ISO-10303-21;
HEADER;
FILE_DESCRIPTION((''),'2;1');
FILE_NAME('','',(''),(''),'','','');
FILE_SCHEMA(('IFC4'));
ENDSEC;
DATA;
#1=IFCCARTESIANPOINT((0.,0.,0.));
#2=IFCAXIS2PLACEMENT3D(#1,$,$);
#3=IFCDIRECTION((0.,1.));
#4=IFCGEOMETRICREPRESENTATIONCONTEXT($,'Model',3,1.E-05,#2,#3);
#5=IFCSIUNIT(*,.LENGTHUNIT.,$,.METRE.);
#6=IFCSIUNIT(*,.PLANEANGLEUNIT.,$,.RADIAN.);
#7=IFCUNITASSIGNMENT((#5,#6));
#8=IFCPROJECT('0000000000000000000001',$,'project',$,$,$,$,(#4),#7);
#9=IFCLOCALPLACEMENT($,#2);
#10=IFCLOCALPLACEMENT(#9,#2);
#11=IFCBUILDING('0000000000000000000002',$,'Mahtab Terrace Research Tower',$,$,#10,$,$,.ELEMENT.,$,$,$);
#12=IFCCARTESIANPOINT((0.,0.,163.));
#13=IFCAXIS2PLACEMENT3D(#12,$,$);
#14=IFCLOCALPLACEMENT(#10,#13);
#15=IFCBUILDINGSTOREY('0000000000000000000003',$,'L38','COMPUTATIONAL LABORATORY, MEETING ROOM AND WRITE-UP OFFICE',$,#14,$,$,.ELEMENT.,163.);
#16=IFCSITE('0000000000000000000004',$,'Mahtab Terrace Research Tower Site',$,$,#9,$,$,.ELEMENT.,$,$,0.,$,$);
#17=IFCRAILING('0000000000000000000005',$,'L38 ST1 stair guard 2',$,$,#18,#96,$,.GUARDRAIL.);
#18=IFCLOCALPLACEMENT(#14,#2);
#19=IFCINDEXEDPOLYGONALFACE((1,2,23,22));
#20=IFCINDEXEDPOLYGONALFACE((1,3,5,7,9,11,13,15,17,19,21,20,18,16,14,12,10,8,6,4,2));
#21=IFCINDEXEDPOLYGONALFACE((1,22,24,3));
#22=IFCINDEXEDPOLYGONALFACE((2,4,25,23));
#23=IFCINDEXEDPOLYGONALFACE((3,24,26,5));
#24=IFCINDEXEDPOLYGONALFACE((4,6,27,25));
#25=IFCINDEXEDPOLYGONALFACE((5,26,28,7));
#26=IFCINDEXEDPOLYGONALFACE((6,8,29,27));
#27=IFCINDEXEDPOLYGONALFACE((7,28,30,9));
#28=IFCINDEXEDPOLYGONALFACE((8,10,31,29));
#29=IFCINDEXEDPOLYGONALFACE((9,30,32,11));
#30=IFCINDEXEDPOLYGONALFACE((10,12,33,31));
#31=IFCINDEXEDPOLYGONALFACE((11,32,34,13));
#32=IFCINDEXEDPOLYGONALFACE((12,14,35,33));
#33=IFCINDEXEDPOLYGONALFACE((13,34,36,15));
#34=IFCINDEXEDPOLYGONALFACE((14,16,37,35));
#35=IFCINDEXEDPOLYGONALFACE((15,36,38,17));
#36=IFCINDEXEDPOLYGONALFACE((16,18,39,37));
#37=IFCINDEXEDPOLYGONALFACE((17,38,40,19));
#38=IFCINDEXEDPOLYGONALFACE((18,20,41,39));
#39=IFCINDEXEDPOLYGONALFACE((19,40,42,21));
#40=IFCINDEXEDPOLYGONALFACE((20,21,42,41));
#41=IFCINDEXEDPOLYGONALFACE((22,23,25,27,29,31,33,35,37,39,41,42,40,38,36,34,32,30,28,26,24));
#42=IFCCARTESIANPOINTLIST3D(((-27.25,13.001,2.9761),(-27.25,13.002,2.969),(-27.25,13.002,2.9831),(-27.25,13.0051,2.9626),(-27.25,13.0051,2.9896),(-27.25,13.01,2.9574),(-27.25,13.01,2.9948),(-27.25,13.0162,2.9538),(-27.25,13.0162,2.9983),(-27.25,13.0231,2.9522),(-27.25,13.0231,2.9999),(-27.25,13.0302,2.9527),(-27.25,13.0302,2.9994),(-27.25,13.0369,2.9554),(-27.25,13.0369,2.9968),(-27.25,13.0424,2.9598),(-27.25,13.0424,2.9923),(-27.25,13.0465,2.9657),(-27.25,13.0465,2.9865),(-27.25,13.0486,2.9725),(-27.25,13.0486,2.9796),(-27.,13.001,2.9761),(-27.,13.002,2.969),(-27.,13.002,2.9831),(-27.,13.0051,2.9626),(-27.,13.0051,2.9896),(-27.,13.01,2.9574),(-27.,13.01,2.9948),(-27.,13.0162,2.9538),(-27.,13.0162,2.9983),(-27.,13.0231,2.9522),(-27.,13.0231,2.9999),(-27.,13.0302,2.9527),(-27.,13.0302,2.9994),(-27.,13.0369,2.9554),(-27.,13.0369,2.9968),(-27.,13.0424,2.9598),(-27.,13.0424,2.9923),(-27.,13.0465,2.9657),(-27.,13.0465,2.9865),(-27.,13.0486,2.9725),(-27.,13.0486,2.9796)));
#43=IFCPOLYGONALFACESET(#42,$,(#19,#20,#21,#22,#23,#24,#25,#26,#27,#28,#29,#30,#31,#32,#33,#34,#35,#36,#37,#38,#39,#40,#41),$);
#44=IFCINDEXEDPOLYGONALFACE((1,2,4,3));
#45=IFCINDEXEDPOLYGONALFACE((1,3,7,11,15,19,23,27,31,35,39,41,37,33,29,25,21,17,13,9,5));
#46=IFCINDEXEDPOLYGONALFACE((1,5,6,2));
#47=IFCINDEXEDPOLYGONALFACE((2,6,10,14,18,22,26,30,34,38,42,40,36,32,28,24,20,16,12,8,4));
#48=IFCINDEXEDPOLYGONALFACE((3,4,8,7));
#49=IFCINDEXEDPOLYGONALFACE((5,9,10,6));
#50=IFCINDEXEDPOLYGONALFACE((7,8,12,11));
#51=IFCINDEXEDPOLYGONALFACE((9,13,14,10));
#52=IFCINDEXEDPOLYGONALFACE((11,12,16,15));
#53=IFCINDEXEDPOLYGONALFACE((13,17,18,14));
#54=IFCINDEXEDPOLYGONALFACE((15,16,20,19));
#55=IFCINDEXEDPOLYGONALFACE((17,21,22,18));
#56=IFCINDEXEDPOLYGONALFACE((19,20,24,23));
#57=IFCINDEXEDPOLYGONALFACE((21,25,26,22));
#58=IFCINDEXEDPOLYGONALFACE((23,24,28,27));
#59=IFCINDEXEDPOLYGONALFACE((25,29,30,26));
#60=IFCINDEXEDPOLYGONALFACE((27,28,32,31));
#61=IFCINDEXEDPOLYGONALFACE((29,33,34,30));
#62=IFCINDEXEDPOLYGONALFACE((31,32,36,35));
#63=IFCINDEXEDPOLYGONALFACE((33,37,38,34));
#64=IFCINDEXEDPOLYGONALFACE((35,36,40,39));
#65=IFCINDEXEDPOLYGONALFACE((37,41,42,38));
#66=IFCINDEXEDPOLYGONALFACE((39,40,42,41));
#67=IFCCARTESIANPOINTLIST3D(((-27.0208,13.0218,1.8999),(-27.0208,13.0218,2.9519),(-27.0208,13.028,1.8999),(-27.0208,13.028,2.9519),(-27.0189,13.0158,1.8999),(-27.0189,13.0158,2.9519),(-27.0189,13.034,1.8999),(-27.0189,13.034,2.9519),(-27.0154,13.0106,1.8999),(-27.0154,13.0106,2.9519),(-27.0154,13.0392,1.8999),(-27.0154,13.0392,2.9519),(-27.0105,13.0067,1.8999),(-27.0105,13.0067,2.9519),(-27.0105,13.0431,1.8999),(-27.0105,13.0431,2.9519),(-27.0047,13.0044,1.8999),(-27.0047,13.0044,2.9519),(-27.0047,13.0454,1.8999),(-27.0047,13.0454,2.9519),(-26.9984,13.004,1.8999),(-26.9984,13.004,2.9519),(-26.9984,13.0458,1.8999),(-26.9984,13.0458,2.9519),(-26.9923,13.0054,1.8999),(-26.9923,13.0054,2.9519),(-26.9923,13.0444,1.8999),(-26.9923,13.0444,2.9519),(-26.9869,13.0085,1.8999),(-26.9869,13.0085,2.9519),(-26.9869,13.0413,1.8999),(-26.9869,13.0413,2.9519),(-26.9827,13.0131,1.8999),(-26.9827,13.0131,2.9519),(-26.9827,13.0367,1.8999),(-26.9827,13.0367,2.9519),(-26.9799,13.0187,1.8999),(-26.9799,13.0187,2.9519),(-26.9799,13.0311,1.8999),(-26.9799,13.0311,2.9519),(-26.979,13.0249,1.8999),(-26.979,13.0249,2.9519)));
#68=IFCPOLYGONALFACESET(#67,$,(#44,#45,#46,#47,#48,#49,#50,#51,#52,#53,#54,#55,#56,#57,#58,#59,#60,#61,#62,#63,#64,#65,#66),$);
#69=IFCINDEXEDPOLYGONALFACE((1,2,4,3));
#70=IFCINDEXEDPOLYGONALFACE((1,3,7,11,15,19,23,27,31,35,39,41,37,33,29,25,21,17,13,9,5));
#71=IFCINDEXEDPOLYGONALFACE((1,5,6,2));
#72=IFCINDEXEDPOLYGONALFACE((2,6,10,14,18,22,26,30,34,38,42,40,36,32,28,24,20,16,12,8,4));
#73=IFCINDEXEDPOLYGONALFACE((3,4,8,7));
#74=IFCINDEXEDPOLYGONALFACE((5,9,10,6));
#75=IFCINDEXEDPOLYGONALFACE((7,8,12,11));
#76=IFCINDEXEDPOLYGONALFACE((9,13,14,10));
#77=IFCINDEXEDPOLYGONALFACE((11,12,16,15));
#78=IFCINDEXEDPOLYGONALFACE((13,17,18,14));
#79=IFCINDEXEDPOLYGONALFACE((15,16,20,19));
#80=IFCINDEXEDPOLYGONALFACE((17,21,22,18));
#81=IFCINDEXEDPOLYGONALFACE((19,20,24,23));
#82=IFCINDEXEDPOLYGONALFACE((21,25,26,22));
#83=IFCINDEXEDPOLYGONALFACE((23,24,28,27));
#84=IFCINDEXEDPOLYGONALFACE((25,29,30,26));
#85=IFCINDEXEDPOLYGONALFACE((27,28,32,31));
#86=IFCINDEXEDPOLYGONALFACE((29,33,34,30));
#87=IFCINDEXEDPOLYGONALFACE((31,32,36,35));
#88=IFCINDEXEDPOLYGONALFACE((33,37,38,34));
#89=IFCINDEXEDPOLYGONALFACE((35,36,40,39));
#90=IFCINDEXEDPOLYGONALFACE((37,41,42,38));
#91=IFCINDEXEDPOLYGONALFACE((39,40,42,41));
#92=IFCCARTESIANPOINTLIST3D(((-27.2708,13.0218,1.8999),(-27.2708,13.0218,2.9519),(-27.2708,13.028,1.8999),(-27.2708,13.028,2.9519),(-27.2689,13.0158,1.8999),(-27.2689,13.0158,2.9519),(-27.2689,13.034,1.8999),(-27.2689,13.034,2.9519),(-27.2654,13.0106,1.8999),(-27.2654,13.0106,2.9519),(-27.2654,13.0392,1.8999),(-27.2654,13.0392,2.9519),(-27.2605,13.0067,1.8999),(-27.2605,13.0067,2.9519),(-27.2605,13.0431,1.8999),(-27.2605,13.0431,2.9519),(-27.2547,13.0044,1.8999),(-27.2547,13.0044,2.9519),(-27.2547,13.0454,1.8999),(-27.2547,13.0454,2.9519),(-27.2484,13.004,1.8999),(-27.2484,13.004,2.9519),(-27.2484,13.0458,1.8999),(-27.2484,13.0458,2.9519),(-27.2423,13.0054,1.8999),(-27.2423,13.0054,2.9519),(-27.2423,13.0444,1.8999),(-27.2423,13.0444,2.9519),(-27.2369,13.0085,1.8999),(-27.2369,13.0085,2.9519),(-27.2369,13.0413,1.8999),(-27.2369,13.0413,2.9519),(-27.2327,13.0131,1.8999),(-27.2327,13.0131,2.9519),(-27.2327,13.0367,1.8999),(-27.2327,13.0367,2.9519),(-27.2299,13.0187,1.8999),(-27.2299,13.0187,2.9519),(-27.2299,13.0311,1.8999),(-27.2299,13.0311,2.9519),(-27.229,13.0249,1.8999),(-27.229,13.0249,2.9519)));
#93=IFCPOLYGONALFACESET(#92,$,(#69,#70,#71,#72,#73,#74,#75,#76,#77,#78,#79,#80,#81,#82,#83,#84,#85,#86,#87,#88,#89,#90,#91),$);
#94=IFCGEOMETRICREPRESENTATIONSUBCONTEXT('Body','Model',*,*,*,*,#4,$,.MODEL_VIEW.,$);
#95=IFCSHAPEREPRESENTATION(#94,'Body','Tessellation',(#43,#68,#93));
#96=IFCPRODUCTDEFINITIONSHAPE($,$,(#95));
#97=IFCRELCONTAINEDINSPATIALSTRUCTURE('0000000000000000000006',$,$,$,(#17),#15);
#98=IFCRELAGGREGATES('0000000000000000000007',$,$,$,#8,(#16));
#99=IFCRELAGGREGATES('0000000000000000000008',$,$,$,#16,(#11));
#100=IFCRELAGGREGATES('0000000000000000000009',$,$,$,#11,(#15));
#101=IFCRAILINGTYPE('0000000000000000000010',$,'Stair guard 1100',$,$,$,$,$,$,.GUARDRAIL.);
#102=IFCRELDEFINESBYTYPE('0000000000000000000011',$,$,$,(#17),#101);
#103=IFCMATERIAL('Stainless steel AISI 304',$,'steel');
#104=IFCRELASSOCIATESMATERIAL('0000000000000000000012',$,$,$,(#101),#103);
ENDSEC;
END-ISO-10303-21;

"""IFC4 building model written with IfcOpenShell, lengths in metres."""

from ifc_helpers import new_model, si_unit, direction, frame, origin, origin_2d, place, context, subcontext, project, spatial, circle, extrude, material, type_object, element, save


model = new_model("IFC4")

# Units and contexts
model_context = context("Model", 3, precision=1e-05, world=origin(), true_north=direction((0.0, 1.0)))
body_context = subcontext(model_context, "Body", "Model", "MODEL_VIEW")
ifc_project = project(units=[si_unit("LENGTHUNIT", "METRE"), si_unit("PLANEANGLEUNIT", "RADIAN")], contexts=[model_context])

# Site, building, storey
site_placement = place(None, origin())
site = spatial("IfcSite", under=ifc_project, at=site_placement, Name="Mahtab Terrace Research Tower Site", CompositionType="ELEMENT", RefElevation=0.0)
building_placement = place(site_placement, origin())
building = spatial("IfcBuilding", under=site, at=building_placement, Name="Mahtab Terrace Research Tower", CompositionType="ELEMENT")
storey_placement = place(building_placement, frame((0.0, 0.0, 163.0)))
storey = spatial("IfcBuildingStorey", under=building, at=storey_placement, Name="L38", Description="COMPUTATIONAL LABORATORY, MEETING ROOM AND WRITE-UP OFFICE", CompositionType="ELEMENT", Elevation=163.0)

# Railing
ifc_material_1 = material(Name="Stainless steel AISI 304", Category="steel")
railing_type_1 = type_object("IfcRailingType", Name="Stair guard 1100", PredefinedType="GUARDRAIL", material=ifc_material_1)
railing_1_placement = place(storey_placement, frame((-27.0, 13.0249, 1.8999)))
element("IfcRailing", 1, at=railing_1_placement, inside=storey, type_object=railing_type_1, Name="L38 ST1 stair guard 2", PredefinedType="GUARDRAIL", context=body_context, shape_type="SweptSolid", body=[
    extrude(circle(Radius=0.0239, at=origin_2d()), frame((0.0, 0.0, 1.0762), z_axis=(-1.0, 0.0, 0.0), x_axis=(0.0, -1.0, 0.0)), (0.0, 0.0, 1.0), 0.25),
    extrude(circle(Radius=0.021, at=origin_2d()), origin(), (0.0, 0.0, 1.0), 1.052),
    extrude(circle(Radius=0.021, at=origin_2d()), frame((-0.25, 0.0, 0.0)), (0.0, 0.0, 1.0), 1.052),
])

save(model, "model.ifc")
